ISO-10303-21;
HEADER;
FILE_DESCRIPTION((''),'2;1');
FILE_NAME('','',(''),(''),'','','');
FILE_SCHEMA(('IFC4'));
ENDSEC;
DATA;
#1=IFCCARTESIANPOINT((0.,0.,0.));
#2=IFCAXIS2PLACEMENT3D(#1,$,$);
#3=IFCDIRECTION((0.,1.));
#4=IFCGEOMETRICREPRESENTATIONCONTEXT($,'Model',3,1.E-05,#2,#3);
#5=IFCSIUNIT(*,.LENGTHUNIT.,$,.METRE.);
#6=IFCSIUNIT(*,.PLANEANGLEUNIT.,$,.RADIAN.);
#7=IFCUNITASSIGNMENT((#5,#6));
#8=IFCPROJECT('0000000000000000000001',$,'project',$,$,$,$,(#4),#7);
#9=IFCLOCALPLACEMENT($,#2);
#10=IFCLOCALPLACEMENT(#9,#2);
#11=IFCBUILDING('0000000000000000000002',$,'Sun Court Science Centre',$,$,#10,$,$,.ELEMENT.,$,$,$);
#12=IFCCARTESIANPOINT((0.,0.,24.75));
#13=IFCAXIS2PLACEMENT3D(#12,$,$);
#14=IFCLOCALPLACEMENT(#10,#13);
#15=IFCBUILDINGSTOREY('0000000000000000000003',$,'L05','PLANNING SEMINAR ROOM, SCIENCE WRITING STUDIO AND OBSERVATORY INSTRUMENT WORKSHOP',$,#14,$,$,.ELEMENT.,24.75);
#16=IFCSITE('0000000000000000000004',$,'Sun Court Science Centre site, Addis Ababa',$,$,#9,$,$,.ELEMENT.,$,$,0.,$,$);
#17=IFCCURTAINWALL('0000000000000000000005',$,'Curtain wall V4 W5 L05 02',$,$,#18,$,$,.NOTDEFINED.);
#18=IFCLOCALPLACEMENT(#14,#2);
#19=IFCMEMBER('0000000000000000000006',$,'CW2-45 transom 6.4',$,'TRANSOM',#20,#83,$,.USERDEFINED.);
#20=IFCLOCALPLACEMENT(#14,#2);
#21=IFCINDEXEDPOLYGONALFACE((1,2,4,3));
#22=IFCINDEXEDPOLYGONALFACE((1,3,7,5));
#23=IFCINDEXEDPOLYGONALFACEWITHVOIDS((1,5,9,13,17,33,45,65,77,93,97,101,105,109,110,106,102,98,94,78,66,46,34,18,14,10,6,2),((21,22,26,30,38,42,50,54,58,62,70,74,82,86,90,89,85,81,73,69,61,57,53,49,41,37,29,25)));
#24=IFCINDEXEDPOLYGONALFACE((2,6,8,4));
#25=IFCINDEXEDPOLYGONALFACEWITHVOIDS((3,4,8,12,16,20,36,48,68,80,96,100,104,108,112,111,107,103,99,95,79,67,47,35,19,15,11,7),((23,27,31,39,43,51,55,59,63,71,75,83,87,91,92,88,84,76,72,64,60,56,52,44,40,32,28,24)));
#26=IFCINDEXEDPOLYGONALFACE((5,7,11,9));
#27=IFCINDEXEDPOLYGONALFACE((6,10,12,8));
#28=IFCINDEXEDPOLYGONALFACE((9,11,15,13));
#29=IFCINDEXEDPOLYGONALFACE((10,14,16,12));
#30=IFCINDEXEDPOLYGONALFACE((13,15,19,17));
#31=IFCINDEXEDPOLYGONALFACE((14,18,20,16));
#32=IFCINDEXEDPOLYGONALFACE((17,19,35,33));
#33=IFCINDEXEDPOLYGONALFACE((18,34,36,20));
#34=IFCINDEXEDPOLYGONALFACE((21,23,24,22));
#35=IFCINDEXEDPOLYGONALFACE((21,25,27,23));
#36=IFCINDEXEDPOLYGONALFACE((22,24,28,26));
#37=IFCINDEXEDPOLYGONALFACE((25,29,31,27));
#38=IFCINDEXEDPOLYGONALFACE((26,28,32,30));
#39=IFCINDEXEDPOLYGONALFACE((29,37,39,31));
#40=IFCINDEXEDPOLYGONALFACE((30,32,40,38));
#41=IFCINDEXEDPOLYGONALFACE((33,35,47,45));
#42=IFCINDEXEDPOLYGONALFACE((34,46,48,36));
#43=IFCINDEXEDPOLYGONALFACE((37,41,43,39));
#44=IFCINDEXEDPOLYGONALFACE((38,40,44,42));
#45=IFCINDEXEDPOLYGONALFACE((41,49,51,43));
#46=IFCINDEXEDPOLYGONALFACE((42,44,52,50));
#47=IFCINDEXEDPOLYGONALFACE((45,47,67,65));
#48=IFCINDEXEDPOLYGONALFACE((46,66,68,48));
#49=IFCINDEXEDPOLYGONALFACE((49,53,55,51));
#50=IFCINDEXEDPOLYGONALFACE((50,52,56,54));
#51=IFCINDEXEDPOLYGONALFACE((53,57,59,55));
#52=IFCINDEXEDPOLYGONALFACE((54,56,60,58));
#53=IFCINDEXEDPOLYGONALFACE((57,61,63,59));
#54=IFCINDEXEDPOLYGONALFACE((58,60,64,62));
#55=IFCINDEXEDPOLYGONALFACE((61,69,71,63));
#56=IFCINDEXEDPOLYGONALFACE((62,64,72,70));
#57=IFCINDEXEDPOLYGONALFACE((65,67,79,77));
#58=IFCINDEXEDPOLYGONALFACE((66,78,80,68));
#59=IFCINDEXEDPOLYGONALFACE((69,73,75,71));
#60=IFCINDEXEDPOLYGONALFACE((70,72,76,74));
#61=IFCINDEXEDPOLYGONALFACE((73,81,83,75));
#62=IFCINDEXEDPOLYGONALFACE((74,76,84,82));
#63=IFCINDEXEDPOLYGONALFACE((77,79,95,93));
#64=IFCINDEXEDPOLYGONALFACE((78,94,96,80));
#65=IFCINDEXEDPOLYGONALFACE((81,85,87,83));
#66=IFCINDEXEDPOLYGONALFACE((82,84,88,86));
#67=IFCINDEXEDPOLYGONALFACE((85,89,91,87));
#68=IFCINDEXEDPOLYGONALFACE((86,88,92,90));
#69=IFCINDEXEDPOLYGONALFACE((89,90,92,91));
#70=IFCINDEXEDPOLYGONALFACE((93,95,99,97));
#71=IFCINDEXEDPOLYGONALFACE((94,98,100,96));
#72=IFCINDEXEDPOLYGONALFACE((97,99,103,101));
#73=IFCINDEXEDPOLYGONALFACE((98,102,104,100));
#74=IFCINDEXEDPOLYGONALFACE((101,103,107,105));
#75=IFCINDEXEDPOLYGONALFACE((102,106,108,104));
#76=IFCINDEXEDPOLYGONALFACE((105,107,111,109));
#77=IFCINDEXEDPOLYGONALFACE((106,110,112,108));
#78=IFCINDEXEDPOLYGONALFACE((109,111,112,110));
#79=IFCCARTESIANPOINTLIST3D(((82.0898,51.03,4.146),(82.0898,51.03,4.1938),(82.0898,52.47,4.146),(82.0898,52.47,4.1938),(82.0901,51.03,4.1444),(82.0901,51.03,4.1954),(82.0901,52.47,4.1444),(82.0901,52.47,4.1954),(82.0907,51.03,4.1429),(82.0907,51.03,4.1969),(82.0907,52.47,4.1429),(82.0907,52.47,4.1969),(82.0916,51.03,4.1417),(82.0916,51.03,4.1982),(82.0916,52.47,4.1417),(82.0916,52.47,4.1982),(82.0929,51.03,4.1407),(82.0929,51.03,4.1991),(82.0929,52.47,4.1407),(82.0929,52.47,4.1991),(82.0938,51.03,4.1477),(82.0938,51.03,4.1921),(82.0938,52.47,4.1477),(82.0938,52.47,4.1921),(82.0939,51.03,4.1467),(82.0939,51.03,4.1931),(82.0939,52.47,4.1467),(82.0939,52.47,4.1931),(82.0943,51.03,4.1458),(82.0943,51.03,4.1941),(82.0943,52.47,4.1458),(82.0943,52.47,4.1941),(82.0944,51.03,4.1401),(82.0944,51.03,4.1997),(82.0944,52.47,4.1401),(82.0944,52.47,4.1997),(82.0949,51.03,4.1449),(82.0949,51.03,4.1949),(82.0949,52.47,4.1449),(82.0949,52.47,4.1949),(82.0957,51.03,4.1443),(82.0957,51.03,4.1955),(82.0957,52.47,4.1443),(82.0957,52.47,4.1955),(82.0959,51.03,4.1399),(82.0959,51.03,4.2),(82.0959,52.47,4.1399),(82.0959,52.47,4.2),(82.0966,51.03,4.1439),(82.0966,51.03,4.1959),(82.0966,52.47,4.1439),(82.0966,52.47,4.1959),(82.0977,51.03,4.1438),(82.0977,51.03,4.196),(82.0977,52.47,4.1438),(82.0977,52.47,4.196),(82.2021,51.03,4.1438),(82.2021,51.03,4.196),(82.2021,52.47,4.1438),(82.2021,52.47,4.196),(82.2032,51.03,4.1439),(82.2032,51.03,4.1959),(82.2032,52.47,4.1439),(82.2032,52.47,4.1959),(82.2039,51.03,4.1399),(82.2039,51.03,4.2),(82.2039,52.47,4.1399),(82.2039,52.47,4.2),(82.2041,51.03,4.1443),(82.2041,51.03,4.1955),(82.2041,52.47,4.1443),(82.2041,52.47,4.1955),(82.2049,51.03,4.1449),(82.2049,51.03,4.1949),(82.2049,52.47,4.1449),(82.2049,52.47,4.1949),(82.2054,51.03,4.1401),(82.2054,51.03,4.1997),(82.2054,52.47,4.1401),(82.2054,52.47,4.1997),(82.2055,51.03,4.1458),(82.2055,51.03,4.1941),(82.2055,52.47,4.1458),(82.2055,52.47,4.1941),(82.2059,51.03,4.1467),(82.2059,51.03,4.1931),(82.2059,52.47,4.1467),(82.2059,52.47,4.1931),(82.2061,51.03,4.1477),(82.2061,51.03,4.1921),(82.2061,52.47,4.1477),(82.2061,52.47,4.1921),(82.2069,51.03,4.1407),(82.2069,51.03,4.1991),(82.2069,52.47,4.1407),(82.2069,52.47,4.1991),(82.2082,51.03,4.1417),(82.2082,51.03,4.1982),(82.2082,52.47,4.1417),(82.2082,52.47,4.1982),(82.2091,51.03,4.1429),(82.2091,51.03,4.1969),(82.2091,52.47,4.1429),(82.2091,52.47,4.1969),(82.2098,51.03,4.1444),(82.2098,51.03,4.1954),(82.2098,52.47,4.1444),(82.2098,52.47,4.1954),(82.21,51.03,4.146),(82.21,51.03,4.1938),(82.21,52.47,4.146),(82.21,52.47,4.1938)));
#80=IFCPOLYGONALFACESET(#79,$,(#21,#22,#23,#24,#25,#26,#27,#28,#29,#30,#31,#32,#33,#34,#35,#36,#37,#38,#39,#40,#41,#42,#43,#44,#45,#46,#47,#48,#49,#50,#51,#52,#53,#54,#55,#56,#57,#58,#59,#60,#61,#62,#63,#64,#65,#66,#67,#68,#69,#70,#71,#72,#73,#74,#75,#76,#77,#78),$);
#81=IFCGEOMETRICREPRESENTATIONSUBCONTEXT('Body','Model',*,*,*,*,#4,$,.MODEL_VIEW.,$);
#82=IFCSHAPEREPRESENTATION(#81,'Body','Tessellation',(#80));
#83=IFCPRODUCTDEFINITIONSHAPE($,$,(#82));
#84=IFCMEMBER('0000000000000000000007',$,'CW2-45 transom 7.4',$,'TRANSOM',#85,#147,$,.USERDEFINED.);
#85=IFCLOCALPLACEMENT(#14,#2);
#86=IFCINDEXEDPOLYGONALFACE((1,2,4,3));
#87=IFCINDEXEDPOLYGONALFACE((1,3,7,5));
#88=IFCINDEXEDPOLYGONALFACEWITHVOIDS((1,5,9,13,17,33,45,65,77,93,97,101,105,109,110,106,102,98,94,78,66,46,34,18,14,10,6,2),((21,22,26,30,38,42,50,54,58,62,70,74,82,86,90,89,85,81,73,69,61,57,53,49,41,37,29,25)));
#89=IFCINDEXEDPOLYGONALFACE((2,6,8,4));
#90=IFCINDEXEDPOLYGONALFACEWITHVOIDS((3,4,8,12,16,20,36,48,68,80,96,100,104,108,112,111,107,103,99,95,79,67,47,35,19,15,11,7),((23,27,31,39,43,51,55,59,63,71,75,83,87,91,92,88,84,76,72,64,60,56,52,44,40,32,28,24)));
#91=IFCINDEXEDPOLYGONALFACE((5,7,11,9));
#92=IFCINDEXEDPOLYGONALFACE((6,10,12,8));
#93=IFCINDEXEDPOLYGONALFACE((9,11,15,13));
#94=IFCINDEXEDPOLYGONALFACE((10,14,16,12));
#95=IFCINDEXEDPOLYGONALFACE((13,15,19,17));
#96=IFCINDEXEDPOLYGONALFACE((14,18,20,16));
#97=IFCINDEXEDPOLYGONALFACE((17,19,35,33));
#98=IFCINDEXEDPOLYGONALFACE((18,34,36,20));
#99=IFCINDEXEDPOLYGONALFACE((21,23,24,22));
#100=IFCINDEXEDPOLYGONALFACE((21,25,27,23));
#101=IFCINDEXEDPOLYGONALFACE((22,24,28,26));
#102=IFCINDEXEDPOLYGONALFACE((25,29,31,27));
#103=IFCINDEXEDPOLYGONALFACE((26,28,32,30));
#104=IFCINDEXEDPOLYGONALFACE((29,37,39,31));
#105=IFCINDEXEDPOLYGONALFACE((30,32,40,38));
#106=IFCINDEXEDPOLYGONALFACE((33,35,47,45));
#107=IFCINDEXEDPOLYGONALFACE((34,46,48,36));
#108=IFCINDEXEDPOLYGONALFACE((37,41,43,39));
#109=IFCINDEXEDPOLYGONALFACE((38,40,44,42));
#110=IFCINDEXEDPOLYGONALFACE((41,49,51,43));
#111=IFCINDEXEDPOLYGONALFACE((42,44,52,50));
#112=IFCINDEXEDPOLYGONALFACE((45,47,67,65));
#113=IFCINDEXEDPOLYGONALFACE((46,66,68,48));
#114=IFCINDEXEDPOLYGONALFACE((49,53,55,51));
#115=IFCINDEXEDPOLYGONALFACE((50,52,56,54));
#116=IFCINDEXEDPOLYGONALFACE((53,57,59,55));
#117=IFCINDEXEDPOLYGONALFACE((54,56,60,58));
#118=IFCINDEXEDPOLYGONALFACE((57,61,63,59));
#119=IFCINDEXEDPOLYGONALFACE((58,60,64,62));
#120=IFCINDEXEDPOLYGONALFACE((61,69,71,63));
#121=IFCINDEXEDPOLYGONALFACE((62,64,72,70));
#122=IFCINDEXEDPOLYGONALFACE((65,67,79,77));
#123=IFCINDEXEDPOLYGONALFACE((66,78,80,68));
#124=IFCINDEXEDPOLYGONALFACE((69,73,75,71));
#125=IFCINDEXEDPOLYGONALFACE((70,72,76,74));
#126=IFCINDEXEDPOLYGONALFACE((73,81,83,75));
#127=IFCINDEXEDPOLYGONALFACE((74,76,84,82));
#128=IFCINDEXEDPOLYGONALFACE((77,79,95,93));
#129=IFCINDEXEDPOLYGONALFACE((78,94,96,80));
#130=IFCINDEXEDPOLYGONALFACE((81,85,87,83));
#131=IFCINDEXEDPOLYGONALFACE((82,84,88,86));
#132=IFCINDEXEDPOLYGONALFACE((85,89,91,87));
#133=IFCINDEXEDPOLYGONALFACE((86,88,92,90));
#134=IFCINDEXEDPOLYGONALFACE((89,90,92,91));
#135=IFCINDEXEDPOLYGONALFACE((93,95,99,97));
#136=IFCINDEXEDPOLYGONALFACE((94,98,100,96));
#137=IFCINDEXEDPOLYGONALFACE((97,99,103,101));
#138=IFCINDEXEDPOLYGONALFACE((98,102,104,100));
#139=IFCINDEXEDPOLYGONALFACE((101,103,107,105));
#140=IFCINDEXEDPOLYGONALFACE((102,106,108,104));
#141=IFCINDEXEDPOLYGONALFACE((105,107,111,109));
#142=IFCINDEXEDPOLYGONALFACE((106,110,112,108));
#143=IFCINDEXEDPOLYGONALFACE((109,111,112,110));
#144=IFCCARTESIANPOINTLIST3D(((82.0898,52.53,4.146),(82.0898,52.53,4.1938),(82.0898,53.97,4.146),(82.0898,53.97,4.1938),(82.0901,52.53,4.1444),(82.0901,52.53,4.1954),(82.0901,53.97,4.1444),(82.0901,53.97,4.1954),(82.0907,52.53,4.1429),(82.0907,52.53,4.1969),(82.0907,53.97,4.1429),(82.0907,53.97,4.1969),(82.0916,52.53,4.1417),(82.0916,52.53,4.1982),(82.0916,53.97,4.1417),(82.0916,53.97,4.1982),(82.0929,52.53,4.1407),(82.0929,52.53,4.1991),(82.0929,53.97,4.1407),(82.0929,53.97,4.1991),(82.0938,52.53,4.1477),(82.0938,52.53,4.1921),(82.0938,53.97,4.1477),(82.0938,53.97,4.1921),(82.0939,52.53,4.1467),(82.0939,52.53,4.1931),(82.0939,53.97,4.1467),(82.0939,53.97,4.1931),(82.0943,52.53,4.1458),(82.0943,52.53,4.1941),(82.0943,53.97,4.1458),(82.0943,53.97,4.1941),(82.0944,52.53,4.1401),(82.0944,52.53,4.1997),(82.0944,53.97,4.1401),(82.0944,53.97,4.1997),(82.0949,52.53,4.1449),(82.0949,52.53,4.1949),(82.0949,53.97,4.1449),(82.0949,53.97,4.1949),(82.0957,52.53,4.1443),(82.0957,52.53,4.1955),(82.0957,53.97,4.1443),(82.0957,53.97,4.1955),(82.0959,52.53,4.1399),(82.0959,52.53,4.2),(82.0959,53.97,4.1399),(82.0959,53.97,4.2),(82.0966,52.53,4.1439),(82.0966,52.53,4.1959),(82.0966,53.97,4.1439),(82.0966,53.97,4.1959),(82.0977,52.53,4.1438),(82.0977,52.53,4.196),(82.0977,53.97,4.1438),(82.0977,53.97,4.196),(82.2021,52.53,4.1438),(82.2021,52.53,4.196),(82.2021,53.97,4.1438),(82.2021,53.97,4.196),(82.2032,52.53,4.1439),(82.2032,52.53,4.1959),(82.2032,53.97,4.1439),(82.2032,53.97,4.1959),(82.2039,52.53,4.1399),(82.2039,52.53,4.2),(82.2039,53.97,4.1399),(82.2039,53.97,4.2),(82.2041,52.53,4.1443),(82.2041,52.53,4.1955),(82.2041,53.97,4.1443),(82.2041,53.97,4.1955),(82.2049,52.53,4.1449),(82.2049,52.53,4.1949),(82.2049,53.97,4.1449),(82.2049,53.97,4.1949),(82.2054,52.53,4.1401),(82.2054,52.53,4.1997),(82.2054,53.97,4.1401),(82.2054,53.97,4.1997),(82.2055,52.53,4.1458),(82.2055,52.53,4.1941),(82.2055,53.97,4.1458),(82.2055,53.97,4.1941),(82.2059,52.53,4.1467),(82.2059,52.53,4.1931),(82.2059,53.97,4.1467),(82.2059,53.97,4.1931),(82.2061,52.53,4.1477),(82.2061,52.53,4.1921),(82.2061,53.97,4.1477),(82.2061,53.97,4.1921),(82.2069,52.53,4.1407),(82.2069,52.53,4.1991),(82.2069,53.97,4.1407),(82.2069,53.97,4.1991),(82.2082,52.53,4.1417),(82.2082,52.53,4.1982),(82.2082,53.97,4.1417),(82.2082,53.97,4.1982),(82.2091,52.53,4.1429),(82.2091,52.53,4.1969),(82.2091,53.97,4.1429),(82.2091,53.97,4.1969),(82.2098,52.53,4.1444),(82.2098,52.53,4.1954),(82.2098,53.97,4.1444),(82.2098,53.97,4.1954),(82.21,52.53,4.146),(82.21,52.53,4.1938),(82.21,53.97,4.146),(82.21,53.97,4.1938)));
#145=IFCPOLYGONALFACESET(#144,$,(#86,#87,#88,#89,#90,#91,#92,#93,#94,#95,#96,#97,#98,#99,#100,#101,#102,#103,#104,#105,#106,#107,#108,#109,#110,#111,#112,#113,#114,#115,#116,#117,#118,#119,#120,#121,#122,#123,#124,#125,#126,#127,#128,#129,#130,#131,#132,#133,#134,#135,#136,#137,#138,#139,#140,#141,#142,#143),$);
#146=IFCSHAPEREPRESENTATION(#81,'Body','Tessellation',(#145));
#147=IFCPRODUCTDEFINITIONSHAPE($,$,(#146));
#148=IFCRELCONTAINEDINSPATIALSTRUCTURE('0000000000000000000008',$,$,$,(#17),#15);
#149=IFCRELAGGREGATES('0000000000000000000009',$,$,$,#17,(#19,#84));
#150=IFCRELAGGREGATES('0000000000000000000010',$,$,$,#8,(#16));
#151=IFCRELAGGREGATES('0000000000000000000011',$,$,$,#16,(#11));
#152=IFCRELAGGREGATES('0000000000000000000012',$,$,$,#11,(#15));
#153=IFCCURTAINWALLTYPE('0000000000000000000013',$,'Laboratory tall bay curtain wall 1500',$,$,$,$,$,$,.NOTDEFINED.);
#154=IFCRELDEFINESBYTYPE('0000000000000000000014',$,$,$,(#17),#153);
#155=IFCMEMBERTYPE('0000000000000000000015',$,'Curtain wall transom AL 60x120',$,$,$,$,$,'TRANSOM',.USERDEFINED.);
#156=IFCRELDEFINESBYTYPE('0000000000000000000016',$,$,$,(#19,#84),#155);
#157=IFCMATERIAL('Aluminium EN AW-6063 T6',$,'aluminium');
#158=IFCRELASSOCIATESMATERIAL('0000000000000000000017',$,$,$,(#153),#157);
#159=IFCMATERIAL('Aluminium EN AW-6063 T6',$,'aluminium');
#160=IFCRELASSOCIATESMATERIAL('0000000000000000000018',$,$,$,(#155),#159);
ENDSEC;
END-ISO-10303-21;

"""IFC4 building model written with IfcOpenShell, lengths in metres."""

from ifc_helpers import new_model, si_unit, direction, frame, origin, origin_2d, place, context, subcontext, project, spatial, hollow_rectangle, extrude, material, material_profile, profile_set, type_object, element, aggregate, save


model = new_model("IFC4")

# Units and contexts
model_context = context("Model", 3, precision=1e-05, world=origin(), true_north=direction((0.0, 1.0)))
body_context = subcontext(model_context, "Body", "Model", "MODEL_VIEW")
ifc_project = project(units=[si_unit("LENGTHUNIT", "METRE"), si_unit("PLANEANGLEUNIT", "RADIAN")], contexts=[model_context])

# Site, building, storey
site_placement = place(None, origin())
site = spatial("IfcSite", under=ifc_project, at=site_placement, Name="Sun Court Science Centre site, Addis Ababa", CompositionType="ELEMENT", RefElevation=0.0)
building_placement = place(site_placement, origin())
building = spatial("IfcBuilding", under=site, at=building_placement, Name="Sun Court Science Centre", CompositionType="ELEMENT")
storey_placement = place(building_placement, frame((0.0, 0.0, 24.75)))
storey = spatial("IfcBuildingStorey", under=building, at=storey_placement, Name="L05", Description="PLANNING SEMINAR ROOM, SCIENCE WRITING STUDIO AND OBSERVATORY INSTRUMENT WORKSHOP", CompositionType="ELEMENT", Elevation=24.75)

# Curtain wall, members
ifc_material_1 = material(Name="Aluminium EN AW-6063 T6", Category="aluminium")
curtain_wall_type = type_object("IfcCurtainWallType", Name="Laboratory tall bay curtain wall 1500", PredefinedType="NOTDEFINED", material=ifc_material_1)
curtain_wall_placement = place(storey_placement, origin())
curtain_wall = element("IfcCurtainWall", 1, at=curtain_wall_placement, inside=storey, type_object=curtain_wall_type, Name="Curtain wall V4 W5 L05 02", PredefinedType="NOTDEFINED")
ifc_material_2 = material(Name="Aluminium EN AW-6063 T6", Category="aluminium")
ifc_material_profile_1 = material_profile(ifc_material_2, hollow_rectangle(XDim=0.0601, YDim=0.1201, WallThickness=0.0039, InnerFilletRadius=0.0039, OuterFilletRadius=0.0061, at=origin_2d()), Name="AL 60x120x4")
ifc_profile_set_1 = profile_set([ifc_material_profile_1], Name="Aluminium EN AW-6063 T6")
member_type_1 = type_object("IfcMemberType", Name="Curtain wall transom AL 60x120", ElementType="TRANSOM", PredefinedType="USERDEFINED", material=ifc_profile_set_1)
member_1_placement = place(storey_placement, frame((82.1499, 51.03, 4.1699), z_axis=(0.0, 1.0, 0.0), x_axis=(0.0, 0.0, 1.0)))
member_1 = element("IfcMember", 2, at=member_1_placement, type_object=member_type_1, Name="CW2-45 transom 6.4", ObjectType="TRANSOM", PredefinedType="USERDEFINED", context=body_context, shape_type="SweptSolid", body=[
    extrude(hollow_rectangle(XDim=0.0601, YDim=0.1201, WallThickness=0.0039, InnerFilletRadius=0.0039, OuterFilletRadius=0.0061, at=origin_2d()), origin(), (0.0, 0.0, 1.0), 1.4399),
])
member_2_placement = place(storey_placement, frame((82.1499, 52.53, 4.1699), z_axis=(0.0, 1.0, 0.0), x_axis=(0.0, 0.0, 1.0)))
member_2 = element("IfcMember", 3, at=member_2_placement, type_object=member_type_1, Name="CW2-45 transom 7.4", ObjectType="TRANSOM", PredefinedType="USERDEFINED", context=body_context, shape_type="SweptSolid", body=[
    extrude(hollow_rectangle(XDim=0.0601, YDim=0.1201, WallThickness=0.0039, InnerFilletRadius=0.0039, OuterFilletRadius=0.0061, at=origin_2d()), origin(), (0.0, 0.0, 1.0), 1.4399),
])

aggregate(curtain_wall, [member_1, member_2])

save(model, "model.ifc")
